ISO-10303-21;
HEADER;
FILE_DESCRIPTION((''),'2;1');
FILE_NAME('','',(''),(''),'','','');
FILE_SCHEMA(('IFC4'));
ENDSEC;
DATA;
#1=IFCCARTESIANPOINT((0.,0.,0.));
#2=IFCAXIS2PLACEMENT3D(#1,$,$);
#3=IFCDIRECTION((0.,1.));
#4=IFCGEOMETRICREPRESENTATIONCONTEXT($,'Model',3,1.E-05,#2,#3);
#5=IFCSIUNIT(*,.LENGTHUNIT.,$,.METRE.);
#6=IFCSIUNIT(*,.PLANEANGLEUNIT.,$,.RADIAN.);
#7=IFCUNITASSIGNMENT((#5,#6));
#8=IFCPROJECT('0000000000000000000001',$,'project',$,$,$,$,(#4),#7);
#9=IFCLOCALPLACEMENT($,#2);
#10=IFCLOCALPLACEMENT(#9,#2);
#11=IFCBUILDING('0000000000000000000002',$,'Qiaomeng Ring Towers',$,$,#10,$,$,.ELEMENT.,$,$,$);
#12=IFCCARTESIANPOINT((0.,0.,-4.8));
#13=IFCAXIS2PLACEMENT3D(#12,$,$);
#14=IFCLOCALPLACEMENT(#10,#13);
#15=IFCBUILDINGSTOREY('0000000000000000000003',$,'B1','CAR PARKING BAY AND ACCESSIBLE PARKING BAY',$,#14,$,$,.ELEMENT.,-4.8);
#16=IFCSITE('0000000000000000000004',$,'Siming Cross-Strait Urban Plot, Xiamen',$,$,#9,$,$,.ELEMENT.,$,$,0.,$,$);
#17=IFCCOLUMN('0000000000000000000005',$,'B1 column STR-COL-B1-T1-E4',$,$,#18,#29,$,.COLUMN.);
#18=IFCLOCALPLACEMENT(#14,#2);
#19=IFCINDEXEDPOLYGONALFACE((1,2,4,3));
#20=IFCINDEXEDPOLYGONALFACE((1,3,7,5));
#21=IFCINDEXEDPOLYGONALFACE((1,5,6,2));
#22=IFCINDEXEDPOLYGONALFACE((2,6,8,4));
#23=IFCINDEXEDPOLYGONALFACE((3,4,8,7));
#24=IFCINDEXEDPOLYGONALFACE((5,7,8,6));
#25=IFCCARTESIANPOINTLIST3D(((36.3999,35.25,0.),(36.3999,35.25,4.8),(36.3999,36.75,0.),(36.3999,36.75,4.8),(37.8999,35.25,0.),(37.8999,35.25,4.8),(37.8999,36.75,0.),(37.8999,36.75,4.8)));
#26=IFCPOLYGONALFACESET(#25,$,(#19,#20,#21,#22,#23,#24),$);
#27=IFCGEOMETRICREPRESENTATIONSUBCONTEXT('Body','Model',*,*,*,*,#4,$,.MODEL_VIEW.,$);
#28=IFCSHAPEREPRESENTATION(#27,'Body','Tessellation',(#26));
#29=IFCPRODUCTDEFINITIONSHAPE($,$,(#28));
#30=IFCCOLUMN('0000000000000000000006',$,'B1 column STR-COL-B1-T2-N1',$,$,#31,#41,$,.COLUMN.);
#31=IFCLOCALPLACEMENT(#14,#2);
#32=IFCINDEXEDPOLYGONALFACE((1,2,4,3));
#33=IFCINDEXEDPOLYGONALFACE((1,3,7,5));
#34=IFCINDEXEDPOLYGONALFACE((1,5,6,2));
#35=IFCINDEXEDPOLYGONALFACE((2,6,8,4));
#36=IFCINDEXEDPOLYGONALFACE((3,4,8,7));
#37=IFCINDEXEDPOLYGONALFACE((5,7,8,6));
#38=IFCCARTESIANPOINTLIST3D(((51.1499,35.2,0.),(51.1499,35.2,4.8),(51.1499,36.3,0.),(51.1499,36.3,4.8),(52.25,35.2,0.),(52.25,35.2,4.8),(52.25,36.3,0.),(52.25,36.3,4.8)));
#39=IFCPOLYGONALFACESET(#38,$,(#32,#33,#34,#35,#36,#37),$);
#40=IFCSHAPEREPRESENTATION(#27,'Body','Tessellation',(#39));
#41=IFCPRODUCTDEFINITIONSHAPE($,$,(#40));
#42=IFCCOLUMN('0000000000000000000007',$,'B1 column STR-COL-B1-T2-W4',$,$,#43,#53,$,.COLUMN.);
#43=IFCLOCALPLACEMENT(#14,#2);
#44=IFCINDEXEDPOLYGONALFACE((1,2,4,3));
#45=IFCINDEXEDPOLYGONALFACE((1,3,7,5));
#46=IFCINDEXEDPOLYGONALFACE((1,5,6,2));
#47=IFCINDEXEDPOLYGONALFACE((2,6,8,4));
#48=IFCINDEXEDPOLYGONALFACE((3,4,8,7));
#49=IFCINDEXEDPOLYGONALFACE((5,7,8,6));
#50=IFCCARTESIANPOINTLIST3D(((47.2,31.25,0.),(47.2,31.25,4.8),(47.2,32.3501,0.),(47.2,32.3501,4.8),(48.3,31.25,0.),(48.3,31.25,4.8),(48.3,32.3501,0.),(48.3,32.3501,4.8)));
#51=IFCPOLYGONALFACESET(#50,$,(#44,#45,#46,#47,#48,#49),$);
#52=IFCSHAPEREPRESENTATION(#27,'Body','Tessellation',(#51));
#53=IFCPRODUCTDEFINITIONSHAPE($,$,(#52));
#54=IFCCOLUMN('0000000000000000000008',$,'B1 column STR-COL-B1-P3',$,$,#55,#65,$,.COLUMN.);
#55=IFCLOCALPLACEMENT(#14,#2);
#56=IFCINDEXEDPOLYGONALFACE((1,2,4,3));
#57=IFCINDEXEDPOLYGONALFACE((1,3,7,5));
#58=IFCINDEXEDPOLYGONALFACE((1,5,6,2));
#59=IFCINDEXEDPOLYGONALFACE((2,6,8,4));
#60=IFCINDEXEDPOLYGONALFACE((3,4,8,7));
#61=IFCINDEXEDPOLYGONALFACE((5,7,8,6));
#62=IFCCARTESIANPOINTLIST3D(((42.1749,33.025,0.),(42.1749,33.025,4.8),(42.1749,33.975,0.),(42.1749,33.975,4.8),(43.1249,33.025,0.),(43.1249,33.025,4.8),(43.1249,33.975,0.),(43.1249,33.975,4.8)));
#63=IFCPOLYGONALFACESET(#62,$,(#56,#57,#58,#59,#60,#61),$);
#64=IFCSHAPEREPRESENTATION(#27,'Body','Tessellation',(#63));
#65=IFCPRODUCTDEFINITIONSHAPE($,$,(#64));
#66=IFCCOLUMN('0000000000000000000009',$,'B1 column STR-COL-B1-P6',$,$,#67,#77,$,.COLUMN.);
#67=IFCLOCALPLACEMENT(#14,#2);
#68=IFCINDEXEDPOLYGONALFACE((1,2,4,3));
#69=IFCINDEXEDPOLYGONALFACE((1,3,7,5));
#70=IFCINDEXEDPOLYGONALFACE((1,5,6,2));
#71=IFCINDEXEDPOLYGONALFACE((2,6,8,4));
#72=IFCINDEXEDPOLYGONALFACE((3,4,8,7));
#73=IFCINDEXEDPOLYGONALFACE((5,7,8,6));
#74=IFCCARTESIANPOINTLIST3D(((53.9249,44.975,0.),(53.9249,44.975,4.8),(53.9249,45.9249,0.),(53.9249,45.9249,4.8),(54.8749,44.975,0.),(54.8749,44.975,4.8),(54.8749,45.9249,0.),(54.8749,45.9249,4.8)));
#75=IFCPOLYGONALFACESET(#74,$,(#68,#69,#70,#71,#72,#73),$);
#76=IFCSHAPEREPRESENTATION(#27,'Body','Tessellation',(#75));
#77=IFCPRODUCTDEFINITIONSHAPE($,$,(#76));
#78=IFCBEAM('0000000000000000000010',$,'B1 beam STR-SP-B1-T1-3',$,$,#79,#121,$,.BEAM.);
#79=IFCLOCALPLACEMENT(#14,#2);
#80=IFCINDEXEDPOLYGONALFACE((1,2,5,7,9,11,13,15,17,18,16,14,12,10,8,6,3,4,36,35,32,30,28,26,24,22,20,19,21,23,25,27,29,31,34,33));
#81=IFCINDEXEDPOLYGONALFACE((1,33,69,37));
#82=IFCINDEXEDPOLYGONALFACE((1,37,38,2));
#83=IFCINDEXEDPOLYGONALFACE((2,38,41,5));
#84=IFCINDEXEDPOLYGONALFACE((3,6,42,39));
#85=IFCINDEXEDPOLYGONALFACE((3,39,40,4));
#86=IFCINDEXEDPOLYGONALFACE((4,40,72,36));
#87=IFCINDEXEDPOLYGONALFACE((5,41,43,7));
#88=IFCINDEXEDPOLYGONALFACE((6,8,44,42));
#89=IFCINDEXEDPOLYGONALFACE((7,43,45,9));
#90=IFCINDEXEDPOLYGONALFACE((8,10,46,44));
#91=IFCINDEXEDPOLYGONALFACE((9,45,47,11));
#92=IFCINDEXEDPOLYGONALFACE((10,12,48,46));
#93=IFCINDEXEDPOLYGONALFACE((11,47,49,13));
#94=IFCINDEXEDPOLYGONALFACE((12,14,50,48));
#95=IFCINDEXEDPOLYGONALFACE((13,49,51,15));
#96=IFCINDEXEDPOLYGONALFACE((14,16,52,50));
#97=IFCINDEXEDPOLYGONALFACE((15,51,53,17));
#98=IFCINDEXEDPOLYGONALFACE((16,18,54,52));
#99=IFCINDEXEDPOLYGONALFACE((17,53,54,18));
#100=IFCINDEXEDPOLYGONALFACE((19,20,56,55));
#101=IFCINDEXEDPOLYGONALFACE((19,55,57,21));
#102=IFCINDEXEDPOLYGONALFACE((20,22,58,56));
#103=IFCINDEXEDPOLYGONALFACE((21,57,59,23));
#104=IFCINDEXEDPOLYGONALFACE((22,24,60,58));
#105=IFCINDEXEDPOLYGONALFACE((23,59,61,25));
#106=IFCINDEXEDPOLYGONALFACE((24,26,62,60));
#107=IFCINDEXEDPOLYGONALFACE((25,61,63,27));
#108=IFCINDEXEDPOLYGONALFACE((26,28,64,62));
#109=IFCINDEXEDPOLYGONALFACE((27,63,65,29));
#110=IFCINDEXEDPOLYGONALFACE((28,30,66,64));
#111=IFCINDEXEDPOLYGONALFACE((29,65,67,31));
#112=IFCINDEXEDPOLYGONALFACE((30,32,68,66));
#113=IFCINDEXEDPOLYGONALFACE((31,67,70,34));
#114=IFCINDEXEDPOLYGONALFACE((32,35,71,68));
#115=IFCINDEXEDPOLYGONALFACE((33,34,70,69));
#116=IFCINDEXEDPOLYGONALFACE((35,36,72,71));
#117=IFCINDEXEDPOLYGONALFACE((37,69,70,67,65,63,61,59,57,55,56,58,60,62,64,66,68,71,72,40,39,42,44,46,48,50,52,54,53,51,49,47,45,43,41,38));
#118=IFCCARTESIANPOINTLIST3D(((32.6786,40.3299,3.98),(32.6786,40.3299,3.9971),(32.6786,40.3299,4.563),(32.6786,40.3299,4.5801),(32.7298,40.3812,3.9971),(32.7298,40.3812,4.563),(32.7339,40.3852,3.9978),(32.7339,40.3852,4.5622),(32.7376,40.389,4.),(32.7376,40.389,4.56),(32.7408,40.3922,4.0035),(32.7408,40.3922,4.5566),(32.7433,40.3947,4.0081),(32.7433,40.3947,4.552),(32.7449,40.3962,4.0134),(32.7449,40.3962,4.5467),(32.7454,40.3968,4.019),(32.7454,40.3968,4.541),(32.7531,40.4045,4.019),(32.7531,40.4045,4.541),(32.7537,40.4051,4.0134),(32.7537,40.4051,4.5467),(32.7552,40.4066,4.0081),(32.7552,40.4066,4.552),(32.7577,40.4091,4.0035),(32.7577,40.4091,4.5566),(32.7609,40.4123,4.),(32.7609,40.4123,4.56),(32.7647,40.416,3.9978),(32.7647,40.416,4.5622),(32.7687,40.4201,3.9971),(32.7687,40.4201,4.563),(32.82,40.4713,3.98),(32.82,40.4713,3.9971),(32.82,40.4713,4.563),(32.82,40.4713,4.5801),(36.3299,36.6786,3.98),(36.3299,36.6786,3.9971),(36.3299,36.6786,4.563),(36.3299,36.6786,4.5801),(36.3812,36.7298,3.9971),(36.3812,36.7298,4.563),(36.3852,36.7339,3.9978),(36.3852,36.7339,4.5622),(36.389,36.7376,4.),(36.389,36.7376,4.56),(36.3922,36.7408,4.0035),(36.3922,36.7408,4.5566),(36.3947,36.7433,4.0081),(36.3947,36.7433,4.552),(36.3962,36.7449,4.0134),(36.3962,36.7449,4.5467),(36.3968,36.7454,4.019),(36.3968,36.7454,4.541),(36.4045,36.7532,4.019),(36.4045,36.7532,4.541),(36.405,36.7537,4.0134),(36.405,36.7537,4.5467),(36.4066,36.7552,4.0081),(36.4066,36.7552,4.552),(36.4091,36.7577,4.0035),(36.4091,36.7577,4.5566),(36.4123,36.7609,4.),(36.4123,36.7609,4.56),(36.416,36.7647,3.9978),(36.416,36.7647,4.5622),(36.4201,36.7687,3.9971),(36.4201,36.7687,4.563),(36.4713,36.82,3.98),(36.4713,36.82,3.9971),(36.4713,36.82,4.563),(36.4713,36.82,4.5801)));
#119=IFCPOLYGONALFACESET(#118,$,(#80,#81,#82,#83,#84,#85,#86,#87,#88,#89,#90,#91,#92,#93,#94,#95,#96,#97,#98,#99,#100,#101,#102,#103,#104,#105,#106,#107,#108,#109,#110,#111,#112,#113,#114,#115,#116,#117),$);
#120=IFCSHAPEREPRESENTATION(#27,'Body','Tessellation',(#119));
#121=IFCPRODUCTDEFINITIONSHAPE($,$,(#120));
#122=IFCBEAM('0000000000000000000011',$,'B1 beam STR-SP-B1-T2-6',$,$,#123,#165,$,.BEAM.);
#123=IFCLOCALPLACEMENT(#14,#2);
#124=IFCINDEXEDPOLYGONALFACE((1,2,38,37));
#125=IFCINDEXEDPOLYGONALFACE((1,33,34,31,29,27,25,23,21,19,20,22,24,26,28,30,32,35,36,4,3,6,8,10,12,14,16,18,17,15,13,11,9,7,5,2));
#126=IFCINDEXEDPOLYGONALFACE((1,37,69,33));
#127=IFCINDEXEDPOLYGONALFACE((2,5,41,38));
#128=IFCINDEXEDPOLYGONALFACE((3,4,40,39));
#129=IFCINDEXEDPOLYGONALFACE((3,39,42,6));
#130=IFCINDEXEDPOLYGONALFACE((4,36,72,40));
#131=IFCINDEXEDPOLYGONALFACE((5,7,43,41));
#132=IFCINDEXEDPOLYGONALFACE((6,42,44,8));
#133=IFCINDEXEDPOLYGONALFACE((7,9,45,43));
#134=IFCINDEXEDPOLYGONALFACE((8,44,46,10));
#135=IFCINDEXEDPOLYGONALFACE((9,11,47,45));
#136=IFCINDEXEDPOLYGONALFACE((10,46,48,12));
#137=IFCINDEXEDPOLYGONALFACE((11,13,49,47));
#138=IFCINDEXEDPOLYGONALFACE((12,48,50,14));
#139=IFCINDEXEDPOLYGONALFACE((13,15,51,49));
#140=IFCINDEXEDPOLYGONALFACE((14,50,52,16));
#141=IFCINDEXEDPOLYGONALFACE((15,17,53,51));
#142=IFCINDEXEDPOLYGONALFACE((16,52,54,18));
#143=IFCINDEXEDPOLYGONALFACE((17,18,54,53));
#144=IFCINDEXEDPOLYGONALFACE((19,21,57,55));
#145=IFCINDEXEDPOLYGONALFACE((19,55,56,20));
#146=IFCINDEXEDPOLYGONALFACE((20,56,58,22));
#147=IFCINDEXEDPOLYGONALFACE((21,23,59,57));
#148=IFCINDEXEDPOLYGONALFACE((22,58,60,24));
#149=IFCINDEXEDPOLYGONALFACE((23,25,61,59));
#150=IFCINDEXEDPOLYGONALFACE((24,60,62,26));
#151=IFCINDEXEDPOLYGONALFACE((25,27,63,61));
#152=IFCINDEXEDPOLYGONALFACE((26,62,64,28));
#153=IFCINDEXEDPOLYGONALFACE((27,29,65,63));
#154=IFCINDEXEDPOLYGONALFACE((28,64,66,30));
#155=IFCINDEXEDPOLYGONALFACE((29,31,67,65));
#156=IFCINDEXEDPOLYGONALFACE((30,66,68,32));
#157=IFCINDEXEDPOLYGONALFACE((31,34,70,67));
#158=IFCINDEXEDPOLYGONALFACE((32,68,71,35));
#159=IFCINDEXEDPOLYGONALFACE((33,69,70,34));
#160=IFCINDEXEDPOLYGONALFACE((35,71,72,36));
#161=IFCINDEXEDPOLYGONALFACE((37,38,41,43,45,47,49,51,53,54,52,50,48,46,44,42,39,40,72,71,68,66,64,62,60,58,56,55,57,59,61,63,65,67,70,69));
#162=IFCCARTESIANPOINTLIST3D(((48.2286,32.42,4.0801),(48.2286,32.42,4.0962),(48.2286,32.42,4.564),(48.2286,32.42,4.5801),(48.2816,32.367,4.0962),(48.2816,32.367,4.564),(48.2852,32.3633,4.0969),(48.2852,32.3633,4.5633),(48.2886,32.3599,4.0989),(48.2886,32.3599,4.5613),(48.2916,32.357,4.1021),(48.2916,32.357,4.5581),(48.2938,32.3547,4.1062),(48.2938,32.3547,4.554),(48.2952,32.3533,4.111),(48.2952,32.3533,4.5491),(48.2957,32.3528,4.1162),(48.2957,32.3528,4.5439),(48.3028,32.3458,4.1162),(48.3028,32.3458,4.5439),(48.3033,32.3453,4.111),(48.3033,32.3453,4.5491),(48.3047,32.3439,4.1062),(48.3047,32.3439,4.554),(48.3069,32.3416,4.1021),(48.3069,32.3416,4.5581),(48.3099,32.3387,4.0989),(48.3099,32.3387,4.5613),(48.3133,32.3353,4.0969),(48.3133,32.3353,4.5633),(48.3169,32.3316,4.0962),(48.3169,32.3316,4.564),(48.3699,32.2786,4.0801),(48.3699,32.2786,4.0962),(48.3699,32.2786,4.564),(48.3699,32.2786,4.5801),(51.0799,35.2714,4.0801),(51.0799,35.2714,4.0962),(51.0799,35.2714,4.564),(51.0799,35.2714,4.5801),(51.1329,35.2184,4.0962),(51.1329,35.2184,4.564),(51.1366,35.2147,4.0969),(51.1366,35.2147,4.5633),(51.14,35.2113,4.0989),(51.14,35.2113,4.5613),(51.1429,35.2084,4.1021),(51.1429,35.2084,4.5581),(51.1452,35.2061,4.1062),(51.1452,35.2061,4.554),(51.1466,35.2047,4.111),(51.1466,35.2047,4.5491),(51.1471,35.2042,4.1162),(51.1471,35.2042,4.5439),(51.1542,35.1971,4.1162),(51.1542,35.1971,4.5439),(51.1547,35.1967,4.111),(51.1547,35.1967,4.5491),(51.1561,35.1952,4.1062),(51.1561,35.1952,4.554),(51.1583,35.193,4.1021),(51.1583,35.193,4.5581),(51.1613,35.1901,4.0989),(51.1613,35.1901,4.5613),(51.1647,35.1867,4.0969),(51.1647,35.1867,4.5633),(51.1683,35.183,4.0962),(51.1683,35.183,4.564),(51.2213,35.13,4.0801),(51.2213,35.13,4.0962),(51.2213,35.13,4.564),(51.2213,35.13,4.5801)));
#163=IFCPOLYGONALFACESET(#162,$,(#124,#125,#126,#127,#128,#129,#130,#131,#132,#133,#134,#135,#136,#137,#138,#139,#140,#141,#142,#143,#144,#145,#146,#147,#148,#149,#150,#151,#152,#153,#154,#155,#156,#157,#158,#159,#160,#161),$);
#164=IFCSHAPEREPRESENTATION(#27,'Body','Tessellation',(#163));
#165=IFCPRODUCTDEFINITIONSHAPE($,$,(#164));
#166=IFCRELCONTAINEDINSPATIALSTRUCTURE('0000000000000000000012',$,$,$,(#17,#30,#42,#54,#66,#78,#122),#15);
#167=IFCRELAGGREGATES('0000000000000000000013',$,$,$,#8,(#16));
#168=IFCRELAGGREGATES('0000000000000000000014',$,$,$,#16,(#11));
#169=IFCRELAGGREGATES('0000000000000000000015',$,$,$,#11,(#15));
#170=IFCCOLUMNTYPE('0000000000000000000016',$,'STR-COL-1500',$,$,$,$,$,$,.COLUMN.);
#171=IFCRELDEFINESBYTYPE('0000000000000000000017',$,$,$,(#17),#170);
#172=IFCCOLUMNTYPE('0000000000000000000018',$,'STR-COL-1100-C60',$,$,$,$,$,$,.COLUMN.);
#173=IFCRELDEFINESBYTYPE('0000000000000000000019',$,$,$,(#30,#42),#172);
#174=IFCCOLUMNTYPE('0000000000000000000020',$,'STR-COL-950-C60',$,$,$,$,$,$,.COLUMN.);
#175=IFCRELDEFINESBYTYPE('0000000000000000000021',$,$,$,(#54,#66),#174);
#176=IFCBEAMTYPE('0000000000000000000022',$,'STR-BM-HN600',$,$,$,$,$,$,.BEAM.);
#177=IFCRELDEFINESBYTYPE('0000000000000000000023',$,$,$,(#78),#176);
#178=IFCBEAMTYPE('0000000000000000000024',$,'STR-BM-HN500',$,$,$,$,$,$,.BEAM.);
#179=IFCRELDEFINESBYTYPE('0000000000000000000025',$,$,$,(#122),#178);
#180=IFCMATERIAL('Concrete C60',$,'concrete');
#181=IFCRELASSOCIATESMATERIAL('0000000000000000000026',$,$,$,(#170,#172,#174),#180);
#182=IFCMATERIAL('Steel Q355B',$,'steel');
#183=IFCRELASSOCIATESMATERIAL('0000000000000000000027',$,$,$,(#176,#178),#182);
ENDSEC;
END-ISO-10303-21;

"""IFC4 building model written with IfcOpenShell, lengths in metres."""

from ifc_helpers import new_model, si_unit, direction, frame, origin, origin_2d, place, context, subcontext, project, spatial, rectangle, i_section, extrude, source, transform, mapped, material, material_profile, profile_set, type_object, element, save


model = new_model("IFC4")

# Units and contexts
model_context = context("Model", 3, precision=1e-05, world=origin(), true_north=direction((0.0, 1.0)))
body_context = subcontext(model_context, "Body", "Model", "MODEL_VIEW")
ifc_project = project(units=[si_unit("LENGTHUNIT", "METRE"), si_unit("PLANEANGLEUNIT", "RADIAN")], contexts=[model_context])

# Site, building, storey
site_placement = place(None, origin())
site = spatial("IfcSite", under=ifc_project, at=site_placement, Name="Siming Cross-Strait Urban Plot, Xiamen", CompositionType="ELEMENT", RefElevation=0.0)
building_placement = place(site_placement, origin())
building = spatial("IfcBuilding", under=site, at=building_placement, Name="Qiaomeng Ring Towers", CompositionType="ELEMENT")
storey_placement = place(building_placement, frame((0.0, 0.0, -4.8)))
storey = spatial("IfcBuildingStorey", under=building, at=storey_placement, Name="B1", Description="CAR PARKING BAY AND ACCESSIBLE PARKING BAY", CompositionType="ELEMENT", Elevation=-4.8)

# Columns
ifc_material_1 = material(Name="Concrete C60", Category="concrete")
ifc_material_profile_1 = material_profile(ifc_material_1, rectangle(XDim=1.5, YDim=1.5, at=origin_2d()), Name="RC COL 1500x1500")
ifc_profile_set_1 = profile_set([ifc_material_profile_1], Name="Concrete C60")
column_type_1 = type_object("IfcColumnType", Name="STR-COL-1500", PredefinedType="COLUMN", material=ifc_profile_set_1)
shared_shape_1 = source(origin(), body_context, "Body", "SweptSolid", [
    extrude(rectangle(XDim=1.5, YDim=1.5, at=origin_2d()), origin(), (0.0, 0.0, 1.0), 4.8),
])
column_placement = place(storey_placement, frame((37.1499, 36.0, 0.0), z_axis=(0.0, 0.0, 1.0), x_axis=(1.0, 0.0, 0.0)))
element("IfcColumn", 1, at=column_placement, inside=storey, type_object=column_type_1, Name="B1 column STR-COL-B1-T1-E4", PredefinedType="COLUMN", context=body_context, shape_type="MappedRepresentation", body=[
    mapped(shared_shape_1, transform((0.0, 0.0, 0.0), x_axis=(1.0, 0.0, 0.0), y_axis=(0.0, 1.0, 0.0), z_axis=(0.0, 0.0, 1.0), scale=1.0)),
])
ifc_material_profile_2 = material_profile(ifc_material_1, rectangle(XDim=1.1001, YDim=1.1001, at=origin_2d()), Name="RC COL 1100x1100")
ifc_profile_set_2 = profile_set([ifc_material_profile_2], Name="Concrete C60")
column_type_2 = type_object("IfcColumnType", Name="STR-COL-1100-C60", PredefinedType="COLUMN", material=ifc_profile_set_2)
shared_shape_2 = source(origin(), body_context, "Body", "SweptSolid", [
    extrude(rectangle(XDim=1.1001, YDim=1.1001, at=origin_2d()), origin(), (0.0, 0.0, 1.0), 4.8),
])
for number, where, z_axis, x_axis, name in (
    (2, (51.7, 35.75, 0.0), (0.0, 0.0, 1.0), (1.0, 0.0, 0.0), "B1 column STR-COL-B1-T2-N1"),
    (3, (47.75, 31.8, 0.0), (0.0, 0.0, 1.0), (1.0, 0.0, 0.0), "B1 column STR-COL-B1-T2-W4"),
):
    element("IfcColumn", number, at=place(storey_placement, frame(where, z_axis=z_axis, x_axis=x_axis)), inside=storey, type_object=column_type_2, Name=name, PredefinedType="COLUMN", context=body_context, shape_type="MappedRepresentation", body=[
        mapped(shared_shape_2, transform((0.0, 0.0, 0.0), x_axis=(1.0, 0.0, 0.0), y_axis=(0.0, 1.0, 0.0), z_axis=(0.0, 0.0, 1.0), scale=1.0)),
    ])
ifc_material_profile_3 = material_profile(ifc_material_1, rectangle(XDim=0.95, YDim=0.95, at=origin_2d()), Name="RC COL 950x950")
ifc_profile_set_3 = profile_set([ifc_material_profile_3], Name="Concrete C60")
column_type_3 = type_object("IfcColumnType", Name="STR-COL-950-C60", PredefinedType="COLUMN", material=ifc_profile_set_3)
shared_shape_3 = source(origin(), body_context, "Body", "SweptSolid", [
    extrude(rectangle(XDim=0.95, YDim=0.95, at=origin_2d()), origin(), (0.0, 0.0, 1.0), 4.8),
])
for number, where, z_axis, x_axis, name in (
    (4, (42.6499, 33.5, 0.0), (0.0, 0.0, 1.0), (1.0, 0.0, 0.0), "B1 column STR-COL-B1-P3"),
    (5, (54.3999, 45.45, 0.0), (0.0, 0.0, 1.0), (1.0, 0.0, 0.0), "B1 column STR-COL-B1-P6"),
):
    element("IfcColumn", number, at=place(storey_placement, frame(where, z_axis=z_axis, x_axis=x_axis)), inside=storey, type_object=column_type_3, Name=name, PredefinedType="COLUMN", context=body_context, shape_type="MappedRepresentation", body=[
        mapped(shared_shape_3, transform((0.0, 0.0, 0.0), x_axis=(1.0, 0.0, 0.0), y_axis=(0.0, 1.0, 0.0), z_axis=(0.0, 0.0, 1.0), scale=1.0)),
    ])

# Beams
ifc_material_2 = material(Name="Steel Q355B", Category="steel")
ifc_material_profile_4 = material_profile(ifc_material_2, i_section(OverallWidth=0.2, OverallDepth=0.6001, WebThickness=0.011, FlangeThickness=0.0171, FilletRadius=0.022, at=origin_2d()), Name="HN 600x200x11x17")
ifc_profile_set_4 = profile_set([ifc_material_profile_4], Name="Steel Q355B")
beam_type_1 = type_object("IfcBeamType", Name="STR-BM-HN600", PredefinedType="BEAM", material=ifc_profile_set_4)
shared_shape_4 = source(origin(), body_context, "Body", "SweptSolid", [
    extrude(i_section(OverallWidth=0.2, OverallDepth=0.6001, WebThickness=0.011, FlangeThickness=0.0171, FilletRadius=0.022, at=origin_2d()), origin(), (0.0, 0.0, 1.0), 5.1638),
])
beam_1_placement = place(storey_placement, frame((36.4006, 36.7493, 4.28), z_axis=(-0.707107, 0.707107, 0.0), x_axis=(-0.707107, -0.707107, 0.0)))
element("IfcBeam", 6, at=beam_1_placement, inside=storey, type_object=beam_type_1, Name="B1 beam STR-SP-B1-T1-3", PredefinedType="BEAM", context=body_context, shape_type="MappedRepresentation", body=[
    mapped(shared_shape_4, transform((0.0, 0.0, 0.0), x_axis=(1.0, 0.0, 0.0), y_axis=(0.0, 1.0, 0.0), z_axis=(0.0, 0.0, 1.0), scale=1.0)),
])
ifc_material_profile_5 = material_profile(ifc_material_2, i_section(OverallWidth=0.2, OverallDepth=0.5, WebThickness=0.01, FlangeThickness=0.0161, FilletRadius=0.02, at=origin_2d()), Name="HN 500x200x10x16")
ifc_profile_set_5 = profile_set([ifc_material_profile_5], Name="Steel Q355B")
beam_type_2 = type_object("IfcBeamType", Name="STR-BM-HN500", PredefinedType="BEAM", material=ifc_profile_set_5)
shared_shape_5 = source(origin(), body_context, "Body", "SweptSolid", [
    extrude(i_section(OverallWidth=0.2, OverallDepth=0.5, WebThickness=0.01, FlangeThickness=0.0161, FilletRadius=0.02, at=origin_2d()), origin(), (0.0, 0.0, 1.0), 4.0325),
])
beam_2_placement = place(storey_placement, frame((51.1506, 35.2007, 4.3301), z_axis=(-0.707107, -0.707107, 0.0), x_axis=(0.707107, -0.707107, 0.0)))
element("IfcBeam", 7, at=beam_2_placement, inside=storey, type_object=beam_type_2, Name="B1 beam STR-SP-B1-T2-6", PredefinedType="BEAM", context=body_context, shape_type="MappedRepresentation", body=[
    mapped(shared_shape_5, transform((0.0, 0.0, 0.0), x_axis=(1.0, 0.0, 0.0), y_axis=(0.0, 1.0, 0.0), z_axis=(0.0, 0.0, 1.0), scale=1.0)),
])

save(model, "model.ifc")
